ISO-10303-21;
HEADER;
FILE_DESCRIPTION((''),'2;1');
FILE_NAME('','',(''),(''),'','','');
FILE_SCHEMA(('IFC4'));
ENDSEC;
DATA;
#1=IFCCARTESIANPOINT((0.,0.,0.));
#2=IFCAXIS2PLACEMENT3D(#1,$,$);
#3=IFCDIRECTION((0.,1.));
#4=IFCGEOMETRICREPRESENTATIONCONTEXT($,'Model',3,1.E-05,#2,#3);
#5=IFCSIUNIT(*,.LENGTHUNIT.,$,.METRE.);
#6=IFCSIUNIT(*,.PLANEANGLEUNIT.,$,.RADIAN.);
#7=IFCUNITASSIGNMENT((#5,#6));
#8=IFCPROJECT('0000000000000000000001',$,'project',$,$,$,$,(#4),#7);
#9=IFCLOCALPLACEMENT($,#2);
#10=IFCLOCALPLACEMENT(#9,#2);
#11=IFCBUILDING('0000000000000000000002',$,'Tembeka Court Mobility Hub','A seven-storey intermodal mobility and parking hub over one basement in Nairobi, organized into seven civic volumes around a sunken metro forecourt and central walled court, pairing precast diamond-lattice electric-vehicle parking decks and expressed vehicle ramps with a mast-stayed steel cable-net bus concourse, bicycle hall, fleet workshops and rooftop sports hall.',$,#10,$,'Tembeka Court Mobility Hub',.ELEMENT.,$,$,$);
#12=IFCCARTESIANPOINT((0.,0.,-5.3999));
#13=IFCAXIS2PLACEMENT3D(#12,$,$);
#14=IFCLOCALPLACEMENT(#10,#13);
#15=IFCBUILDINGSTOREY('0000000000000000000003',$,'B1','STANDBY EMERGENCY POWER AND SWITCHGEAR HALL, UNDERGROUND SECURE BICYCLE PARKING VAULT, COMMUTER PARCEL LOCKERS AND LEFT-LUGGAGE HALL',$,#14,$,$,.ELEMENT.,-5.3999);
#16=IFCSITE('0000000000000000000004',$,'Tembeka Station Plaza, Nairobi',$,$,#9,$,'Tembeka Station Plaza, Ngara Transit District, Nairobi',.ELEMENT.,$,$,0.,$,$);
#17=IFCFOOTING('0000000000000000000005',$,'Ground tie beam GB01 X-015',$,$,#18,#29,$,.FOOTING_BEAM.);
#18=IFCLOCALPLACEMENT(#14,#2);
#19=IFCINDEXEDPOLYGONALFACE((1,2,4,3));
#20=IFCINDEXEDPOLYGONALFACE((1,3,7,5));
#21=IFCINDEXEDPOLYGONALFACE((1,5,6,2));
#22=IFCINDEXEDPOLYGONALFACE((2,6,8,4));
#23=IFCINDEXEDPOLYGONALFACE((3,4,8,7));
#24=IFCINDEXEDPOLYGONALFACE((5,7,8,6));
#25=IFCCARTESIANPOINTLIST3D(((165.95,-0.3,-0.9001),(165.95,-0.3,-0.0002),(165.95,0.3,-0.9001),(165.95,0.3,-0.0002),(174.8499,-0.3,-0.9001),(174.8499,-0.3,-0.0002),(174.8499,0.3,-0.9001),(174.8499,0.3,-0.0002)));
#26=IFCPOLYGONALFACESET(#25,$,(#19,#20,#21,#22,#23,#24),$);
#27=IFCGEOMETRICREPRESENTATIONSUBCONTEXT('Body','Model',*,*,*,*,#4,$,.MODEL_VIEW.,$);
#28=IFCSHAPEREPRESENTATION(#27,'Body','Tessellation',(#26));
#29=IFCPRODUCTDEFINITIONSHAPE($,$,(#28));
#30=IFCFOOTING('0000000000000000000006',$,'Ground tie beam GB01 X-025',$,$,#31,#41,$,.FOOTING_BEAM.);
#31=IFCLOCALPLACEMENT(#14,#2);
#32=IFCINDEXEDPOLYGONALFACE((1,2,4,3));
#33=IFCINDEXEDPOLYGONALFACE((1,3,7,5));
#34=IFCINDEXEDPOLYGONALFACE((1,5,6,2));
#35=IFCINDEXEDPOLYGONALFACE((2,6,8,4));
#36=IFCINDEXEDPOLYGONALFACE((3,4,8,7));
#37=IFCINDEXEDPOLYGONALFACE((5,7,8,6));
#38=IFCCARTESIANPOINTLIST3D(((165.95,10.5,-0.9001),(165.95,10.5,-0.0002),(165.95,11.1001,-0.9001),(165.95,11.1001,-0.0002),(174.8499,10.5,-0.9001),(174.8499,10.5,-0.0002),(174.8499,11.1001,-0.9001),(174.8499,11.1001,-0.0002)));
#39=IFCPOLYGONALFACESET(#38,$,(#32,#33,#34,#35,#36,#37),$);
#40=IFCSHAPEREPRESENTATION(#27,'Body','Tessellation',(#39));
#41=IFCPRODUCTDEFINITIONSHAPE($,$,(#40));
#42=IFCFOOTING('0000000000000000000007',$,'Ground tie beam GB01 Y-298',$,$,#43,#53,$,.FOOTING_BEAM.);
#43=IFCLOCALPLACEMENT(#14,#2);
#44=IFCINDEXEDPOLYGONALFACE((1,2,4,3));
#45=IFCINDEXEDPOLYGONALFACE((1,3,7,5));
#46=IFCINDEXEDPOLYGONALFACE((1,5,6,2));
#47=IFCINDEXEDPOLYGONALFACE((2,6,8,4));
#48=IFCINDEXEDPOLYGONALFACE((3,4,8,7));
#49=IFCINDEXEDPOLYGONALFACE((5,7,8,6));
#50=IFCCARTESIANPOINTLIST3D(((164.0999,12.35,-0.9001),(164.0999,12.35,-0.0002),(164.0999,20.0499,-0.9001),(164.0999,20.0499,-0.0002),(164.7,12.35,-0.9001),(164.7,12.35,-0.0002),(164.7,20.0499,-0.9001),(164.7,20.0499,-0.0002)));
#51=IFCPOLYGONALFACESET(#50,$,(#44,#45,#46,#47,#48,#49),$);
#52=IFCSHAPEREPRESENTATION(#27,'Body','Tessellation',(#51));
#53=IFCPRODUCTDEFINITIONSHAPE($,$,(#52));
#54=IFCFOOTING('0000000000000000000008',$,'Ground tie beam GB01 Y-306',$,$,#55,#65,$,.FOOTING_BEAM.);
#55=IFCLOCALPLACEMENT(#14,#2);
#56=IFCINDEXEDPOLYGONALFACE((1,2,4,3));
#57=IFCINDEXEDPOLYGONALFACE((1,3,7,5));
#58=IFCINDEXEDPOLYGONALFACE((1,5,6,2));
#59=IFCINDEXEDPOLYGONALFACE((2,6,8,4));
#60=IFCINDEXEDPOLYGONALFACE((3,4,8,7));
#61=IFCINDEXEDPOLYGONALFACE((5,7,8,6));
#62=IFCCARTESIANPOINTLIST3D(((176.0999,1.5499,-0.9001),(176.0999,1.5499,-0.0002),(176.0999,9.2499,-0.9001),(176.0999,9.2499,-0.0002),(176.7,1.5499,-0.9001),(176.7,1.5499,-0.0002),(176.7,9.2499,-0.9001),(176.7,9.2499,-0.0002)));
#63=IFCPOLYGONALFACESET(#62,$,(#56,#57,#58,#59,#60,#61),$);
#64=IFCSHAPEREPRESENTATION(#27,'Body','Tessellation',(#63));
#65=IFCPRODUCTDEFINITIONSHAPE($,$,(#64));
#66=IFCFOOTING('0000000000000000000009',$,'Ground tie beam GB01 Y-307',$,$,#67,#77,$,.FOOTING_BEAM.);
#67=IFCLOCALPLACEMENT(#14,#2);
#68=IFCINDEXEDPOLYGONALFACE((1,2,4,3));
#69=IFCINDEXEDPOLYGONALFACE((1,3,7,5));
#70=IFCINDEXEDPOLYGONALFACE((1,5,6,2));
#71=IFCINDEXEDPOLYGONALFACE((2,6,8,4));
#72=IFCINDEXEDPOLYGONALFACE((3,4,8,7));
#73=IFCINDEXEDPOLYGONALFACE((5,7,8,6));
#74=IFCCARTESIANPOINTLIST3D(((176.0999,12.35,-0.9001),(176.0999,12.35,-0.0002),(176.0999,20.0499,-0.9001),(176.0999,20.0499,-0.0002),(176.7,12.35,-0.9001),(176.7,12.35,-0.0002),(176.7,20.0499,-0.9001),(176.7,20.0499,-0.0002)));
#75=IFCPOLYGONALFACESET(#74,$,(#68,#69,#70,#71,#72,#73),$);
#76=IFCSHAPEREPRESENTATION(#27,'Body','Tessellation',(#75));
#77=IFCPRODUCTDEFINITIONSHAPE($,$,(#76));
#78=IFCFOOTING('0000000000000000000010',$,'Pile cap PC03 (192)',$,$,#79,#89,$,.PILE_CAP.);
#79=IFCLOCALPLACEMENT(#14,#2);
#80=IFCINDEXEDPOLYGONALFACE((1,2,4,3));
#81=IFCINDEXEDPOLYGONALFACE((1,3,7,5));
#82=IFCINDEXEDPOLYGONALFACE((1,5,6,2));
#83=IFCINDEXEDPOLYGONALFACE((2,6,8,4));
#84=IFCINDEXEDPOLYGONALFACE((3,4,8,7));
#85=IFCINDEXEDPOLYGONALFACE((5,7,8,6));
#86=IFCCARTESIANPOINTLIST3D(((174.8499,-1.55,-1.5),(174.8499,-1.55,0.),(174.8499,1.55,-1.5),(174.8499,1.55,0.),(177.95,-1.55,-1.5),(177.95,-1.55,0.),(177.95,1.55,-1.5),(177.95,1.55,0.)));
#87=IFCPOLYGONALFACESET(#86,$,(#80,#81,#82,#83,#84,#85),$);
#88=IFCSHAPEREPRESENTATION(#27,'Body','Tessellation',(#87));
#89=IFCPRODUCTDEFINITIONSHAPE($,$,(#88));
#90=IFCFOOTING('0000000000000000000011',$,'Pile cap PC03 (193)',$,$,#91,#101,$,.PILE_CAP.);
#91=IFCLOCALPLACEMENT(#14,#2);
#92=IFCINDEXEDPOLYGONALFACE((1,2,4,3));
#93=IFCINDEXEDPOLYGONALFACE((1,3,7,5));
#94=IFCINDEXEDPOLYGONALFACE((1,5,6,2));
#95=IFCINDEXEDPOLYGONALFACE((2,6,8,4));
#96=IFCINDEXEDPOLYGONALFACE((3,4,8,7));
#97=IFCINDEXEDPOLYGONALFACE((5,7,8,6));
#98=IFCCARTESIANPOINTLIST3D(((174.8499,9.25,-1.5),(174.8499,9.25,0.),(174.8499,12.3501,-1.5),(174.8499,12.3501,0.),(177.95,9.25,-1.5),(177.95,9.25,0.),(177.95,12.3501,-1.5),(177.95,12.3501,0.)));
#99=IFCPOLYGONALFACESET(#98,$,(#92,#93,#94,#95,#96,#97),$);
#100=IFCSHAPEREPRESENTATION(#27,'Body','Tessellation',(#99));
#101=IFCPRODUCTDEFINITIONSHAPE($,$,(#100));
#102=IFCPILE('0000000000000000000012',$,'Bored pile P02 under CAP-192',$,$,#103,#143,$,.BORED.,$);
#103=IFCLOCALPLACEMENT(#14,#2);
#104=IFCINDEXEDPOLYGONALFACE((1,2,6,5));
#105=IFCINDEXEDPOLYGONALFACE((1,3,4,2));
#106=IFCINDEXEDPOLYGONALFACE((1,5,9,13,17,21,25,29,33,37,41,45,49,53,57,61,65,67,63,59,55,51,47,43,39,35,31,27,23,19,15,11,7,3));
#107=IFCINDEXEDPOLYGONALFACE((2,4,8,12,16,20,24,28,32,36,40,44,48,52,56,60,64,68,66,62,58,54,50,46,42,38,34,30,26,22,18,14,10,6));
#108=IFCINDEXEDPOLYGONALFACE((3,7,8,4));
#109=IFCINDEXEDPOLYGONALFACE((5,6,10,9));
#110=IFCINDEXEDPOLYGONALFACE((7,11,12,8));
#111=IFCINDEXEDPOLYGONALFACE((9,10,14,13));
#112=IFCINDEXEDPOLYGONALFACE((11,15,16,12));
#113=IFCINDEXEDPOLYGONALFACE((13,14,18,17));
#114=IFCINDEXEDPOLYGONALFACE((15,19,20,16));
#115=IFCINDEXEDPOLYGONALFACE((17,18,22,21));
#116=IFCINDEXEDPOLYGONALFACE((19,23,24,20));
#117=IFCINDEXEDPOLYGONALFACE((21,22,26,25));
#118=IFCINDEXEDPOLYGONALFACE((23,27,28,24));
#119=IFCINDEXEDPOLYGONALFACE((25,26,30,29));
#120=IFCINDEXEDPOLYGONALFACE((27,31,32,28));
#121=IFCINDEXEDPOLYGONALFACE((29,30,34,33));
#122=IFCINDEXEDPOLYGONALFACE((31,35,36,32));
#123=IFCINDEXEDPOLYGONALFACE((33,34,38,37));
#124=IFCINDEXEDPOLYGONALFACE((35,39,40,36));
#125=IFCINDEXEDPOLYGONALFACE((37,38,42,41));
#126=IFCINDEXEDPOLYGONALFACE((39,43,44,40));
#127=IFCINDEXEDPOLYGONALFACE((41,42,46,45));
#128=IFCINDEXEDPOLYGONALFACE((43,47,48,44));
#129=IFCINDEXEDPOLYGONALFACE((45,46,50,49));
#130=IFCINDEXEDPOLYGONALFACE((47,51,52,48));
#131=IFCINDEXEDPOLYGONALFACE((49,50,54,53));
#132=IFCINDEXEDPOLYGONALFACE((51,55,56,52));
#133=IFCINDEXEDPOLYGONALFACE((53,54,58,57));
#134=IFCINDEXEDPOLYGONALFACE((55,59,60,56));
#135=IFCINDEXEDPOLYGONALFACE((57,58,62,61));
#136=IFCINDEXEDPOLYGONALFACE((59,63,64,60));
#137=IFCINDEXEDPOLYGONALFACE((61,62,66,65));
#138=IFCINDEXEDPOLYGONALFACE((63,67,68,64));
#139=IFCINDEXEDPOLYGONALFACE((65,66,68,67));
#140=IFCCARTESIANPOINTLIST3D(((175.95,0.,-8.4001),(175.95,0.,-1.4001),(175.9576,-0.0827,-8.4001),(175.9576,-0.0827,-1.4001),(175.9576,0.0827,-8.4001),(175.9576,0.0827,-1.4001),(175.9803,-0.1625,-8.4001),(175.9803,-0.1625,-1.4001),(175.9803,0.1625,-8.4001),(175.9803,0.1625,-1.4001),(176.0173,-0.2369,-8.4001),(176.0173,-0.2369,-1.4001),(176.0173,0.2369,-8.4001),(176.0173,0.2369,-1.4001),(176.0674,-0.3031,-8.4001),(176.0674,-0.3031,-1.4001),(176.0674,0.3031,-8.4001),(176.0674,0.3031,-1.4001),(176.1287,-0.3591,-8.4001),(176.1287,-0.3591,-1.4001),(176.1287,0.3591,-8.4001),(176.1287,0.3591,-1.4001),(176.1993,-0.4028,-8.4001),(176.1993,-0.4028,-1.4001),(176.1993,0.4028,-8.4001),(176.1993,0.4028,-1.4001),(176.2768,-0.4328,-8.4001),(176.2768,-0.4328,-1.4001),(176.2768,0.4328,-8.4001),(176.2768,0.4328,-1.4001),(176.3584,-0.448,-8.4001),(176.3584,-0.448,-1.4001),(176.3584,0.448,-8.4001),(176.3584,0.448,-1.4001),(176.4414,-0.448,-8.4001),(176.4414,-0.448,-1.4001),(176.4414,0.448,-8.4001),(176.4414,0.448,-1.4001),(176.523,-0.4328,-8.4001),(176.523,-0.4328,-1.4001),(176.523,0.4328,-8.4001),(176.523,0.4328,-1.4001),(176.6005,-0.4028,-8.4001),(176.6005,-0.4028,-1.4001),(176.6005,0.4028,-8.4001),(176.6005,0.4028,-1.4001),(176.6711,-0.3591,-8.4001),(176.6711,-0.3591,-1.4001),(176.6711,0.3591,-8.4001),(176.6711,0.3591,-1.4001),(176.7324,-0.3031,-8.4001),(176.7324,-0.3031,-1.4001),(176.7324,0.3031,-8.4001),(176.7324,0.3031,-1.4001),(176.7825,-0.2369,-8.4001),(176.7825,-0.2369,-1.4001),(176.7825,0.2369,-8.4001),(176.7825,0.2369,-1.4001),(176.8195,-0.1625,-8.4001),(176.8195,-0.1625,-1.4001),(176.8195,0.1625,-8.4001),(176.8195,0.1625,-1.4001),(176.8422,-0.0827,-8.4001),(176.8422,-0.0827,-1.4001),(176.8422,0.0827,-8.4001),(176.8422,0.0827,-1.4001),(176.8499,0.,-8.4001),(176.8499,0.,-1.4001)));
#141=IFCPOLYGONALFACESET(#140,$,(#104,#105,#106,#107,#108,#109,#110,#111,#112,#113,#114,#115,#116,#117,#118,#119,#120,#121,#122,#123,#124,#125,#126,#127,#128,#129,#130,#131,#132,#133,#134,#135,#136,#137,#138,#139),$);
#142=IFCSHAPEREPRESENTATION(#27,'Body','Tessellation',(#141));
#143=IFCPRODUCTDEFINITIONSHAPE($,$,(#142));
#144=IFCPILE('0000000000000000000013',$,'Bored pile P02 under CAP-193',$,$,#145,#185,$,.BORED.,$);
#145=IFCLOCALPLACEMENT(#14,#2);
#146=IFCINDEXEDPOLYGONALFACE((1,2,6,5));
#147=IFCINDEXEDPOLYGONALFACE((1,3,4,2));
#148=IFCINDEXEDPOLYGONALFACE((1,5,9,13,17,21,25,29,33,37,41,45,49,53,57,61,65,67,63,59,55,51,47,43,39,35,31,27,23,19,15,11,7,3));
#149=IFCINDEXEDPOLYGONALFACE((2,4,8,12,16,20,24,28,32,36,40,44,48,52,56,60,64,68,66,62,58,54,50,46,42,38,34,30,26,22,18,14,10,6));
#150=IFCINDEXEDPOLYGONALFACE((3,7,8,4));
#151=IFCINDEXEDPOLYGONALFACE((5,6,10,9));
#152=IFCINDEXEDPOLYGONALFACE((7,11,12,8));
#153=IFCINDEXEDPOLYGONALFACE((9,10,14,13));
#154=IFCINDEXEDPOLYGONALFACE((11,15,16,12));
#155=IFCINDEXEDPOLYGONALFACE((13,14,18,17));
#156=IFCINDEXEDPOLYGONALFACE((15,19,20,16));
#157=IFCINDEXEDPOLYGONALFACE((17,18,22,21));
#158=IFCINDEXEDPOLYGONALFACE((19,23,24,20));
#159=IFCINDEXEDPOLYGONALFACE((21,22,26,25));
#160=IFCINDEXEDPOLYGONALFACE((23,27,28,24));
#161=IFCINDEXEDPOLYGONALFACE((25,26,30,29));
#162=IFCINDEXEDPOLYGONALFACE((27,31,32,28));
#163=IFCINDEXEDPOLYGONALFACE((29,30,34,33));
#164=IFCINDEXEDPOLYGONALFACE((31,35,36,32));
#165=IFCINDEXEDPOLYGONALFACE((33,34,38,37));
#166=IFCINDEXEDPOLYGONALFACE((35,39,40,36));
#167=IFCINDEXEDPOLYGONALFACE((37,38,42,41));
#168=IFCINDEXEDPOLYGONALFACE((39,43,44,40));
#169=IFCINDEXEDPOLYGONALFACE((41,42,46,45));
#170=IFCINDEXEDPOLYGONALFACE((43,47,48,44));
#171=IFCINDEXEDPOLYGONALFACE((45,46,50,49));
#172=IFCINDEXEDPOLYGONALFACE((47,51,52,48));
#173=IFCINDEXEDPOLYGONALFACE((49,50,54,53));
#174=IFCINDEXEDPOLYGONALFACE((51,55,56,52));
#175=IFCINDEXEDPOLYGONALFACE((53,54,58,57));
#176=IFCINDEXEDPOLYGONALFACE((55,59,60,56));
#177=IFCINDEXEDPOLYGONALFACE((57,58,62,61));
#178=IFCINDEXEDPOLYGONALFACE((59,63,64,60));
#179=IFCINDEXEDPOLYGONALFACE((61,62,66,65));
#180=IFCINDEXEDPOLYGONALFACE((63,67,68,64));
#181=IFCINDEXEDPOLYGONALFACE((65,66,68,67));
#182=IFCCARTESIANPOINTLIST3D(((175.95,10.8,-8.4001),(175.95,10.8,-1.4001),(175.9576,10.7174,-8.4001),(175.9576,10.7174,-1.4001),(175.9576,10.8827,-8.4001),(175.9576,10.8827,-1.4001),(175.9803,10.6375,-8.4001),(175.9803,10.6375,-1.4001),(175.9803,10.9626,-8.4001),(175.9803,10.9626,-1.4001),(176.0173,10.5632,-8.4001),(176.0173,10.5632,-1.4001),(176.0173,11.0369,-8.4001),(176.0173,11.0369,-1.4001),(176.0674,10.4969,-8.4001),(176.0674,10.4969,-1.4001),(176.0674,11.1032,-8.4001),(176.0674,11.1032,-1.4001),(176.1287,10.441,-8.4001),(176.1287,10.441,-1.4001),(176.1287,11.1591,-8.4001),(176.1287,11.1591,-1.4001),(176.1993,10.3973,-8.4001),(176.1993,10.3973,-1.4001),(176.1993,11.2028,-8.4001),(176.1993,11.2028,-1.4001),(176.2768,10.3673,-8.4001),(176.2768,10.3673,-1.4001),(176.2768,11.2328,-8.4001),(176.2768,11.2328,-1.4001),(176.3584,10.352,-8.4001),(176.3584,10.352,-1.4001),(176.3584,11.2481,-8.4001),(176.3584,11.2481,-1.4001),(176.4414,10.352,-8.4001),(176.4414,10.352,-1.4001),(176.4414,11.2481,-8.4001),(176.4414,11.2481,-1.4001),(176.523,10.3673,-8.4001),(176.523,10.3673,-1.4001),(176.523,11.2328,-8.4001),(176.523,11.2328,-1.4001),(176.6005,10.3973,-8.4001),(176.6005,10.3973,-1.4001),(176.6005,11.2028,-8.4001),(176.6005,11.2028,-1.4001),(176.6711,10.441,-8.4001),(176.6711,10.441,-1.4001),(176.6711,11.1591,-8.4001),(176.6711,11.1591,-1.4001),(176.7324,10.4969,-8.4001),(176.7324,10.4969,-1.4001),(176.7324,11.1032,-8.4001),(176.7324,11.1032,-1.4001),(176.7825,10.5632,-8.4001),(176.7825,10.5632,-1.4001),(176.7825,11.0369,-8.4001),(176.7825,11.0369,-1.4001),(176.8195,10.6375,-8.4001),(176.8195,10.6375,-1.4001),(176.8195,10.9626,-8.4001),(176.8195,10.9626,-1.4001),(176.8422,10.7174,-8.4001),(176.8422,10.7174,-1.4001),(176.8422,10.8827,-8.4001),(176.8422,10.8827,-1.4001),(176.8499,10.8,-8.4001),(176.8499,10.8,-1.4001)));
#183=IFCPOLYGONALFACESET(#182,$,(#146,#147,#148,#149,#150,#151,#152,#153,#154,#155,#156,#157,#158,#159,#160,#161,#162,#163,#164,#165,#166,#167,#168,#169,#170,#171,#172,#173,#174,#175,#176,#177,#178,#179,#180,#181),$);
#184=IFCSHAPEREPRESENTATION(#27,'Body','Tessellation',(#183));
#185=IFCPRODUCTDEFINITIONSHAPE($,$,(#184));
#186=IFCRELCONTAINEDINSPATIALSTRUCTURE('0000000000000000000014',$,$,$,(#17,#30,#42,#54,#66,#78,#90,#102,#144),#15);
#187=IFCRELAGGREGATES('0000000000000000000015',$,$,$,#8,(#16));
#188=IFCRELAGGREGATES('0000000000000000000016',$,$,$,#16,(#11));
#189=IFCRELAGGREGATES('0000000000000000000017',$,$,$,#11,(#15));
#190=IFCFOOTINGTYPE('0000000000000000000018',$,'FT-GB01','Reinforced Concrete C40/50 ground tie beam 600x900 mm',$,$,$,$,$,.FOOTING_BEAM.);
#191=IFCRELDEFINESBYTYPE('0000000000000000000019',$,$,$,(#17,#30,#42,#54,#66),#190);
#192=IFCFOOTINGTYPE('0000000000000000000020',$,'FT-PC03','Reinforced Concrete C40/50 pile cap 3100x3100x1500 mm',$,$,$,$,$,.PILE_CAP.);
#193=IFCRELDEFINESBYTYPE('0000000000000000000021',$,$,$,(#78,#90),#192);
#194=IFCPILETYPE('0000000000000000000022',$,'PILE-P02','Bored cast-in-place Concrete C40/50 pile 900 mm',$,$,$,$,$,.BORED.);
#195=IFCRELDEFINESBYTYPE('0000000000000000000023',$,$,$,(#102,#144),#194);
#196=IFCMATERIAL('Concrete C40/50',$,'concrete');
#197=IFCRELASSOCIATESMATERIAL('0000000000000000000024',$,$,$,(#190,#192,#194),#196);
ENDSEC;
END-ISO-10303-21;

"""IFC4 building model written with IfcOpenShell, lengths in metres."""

from ifc_helpers import new_model, si_unit, direction, frame, origin, origin_2d, place, context, subcontext, project, spatial, rectangle, circle, extrude, material, material_profile, profile_set, type_object, element, save


model = new_model("IFC4")

# Units and contexts
model_context = context("Model", 3, precision=1e-05, world=origin(), true_north=direction((0.0, 1.0)))
body_context = subcontext(model_context, "Body", "Model", "MODEL_VIEW")
ifc_project = project(units=[si_unit("LENGTHUNIT", "METRE"), si_unit("PLANEANGLEUNIT", "RADIAN")], contexts=[model_context])

# Site, building, storey
site_placement = place(None, origin())
site = spatial("IfcSite", under=ifc_project, at=site_placement, Name="Tembeka Station Plaza, Nairobi", LongName="Tembeka Station Plaza, Ngara Transit District, Nairobi", CompositionType="ELEMENT", RefElevation=0.0)
building_placement = place(site_placement, origin())
building = spatial("IfcBuilding", under=site, at=building_placement, Name="Tembeka Court Mobility Hub", Description="A seven-storey intermodal mobility and parking hub over one basement in Nairobi, organized into seven civic volumes around a sunken metro forecourt and central walled court, pairing precast diamond-lattice electric-vehicle parking decks and expressed vehicle ramps with a mast-stayed steel cable-net bus concourse, bicycle hall, fleet workshops and rooftop sports hall.", LongName="Tembeka Court Mobility Hub", CompositionType="ELEMENT")
storey_placement = place(building_placement, frame((0.0, 0.0, -5.3999)))
storey = spatial("IfcBuildingStorey", under=building, at=storey_placement, Name="B1", Description="STANDBY EMERGENCY POWER AND SWITCHGEAR HALL, UNDERGROUND SECURE BICYCLE PARKING VAULT, COMMUTER PARCEL LOCKERS AND LEFT-LUGGAGE HALL", CompositionType="ELEMENT", Elevation=-5.3999)

# Footings
ifc_material_1 = material(Name="Concrete C40/50", Category="concrete")
footing_type_1 = type_object("IfcFootingType", Name="FT-GB01", Description="Reinforced Concrete C40/50 ground tie beam 600x900 mm", PredefinedType="FOOTING_BEAM", material=ifc_material_1)
for number, where, z_axis, x_axis, name in (
    (1, (170.3999, 0.0, -0.9001), (0.0, 0.0, 1.0), (1.0, 0.0, 0.0), "Ground tie beam GB01 X-015"),
    (2, (170.3999, 10.8, -0.9001), (0.0, 0.0, 1.0), (1.0, 0.0, 0.0), "Ground tie beam GB01 X-025"),
):
    element("IfcFooting", number, at=place(storey_placement, frame(where, z_axis=z_axis, x_axis=x_axis)), inside=storey, type_object=footing_type_1, Name=name, PredefinedType="FOOTING_BEAM", context=body_context, shape_type="SweptSolid", body=[
        extrude(rectangle(XDim=8.8999, YDim=0.6001, at=origin_2d()), origin(), (0.0, 0.0, 1.0), 0.8999),
    ])
for number, where, z_axis, x_axis, name in (
    (3, (164.3999, 16.2, -0.9001), (0.0, 0.0, 1.0), (0.0, 1.0, 0.0), "Ground tie beam GB01 Y-298"),
    (4, (176.3999, 5.3999, -0.9001), (0.0, 0.0, 1.0), (0.0, 1.0, 0.0), "Ground tie beam GB01 Y-306"),
    (5, (176.3999, 16.2, -0.9001), (0.0, 0.0, 1.0), (0.0, 1.0, 0.0), "Ground tie beam GB01 Y-307"),
):
    element("IfcFooting", number, at=place(storey_placement, frame(where, z_axis=z_axis, x_axis=x_axis)), inside=storey, type_object=footing_type_1, Name=name, PredefinedType="FOOTING_BEAM", context=body_context, shape_type="SweptSolid", body=[
        extrude(rectangle(XDim=7.7, YDim=0.6001, at=origin_2d()), origin(), (0.0, 0.0, 1.0), 0.8999),
    ])
footing_type_2 = type_object("IfcFootingType", Name="FT-PC03", Description="Reinforced Concrete C40/50 pile cap 3100x3100x1500 mm", PredefinedType="PILE_CAP", material=ifc_material_1)
for number, where, z_axis, x_axis, name in (
    (6, (176.3999, 0.0, -1.5), (0.0, 0.0, 1.0), (1.0, 0.0, 0.0), "Pile cap PC03 (192)"),
    (7, (176.3999, 10.8, -1.5), (0.0, 0.0, 1.0), (1.0, 0.0, 0.0), "Pile cap PC03 (193)"),
):
    element("IfcFooting", number, at=place(storey_placement, frame(where, z_axis=z_axis, x_axis=x_axis)), inside=storey, type_object=footing_type_2, Name=name, PredefinedType="PILE_CAP", context=body_context, shape_type="SweptSolid", body=[
        extrude(rectangle(XDim=3.1001, YDim=3.1001, at=origin_2d()), origin(), (0.0, 0.0, 1.0), 1.5),
    ])

# Piles
ifc_material_profile_1 = material_profile(ifc_material_1, circle(Radius=0.45, at=origin_2d()), Name="PILE D900")
ifc_profile_set_1 = profile_set([ifc_material_profile_1], Name="Concrete C40/50")
pile_type_1 = type_object("IfcPileType", Name="PILE-P02", Description="Bored cast-in-place Concrete C40/50 pile 900 mm", PredefinedType="BORED", material=ifc_profile_set_1)
for number, where, z_axis, x_axis, name in (
    (8, (176.3999, 0.0, -1.4001), (0.0, 0.0, -1.0), (1.0, 0.0, 0.0), "Bored pile P02 under CAP-192"),
    (9, (176.3999, 10.8, -1.4001), (0.0, 0.0, -1.0), (1.0, 0.0, 0.0), "Bored pile P02 under CAP-193"),
):
    element("IfcPile", number, at=place(storey_placement, frame(where, z_axis=z_axis, x_axis=x_axis)), inside=storey, type_object=pile_type_1, Name=name, PredefinedType="BORED", context=body_context, shape_type="SweptSolid", body=[
        extrude(circle(Radius=0.45, at=origin_2d()), origin(), (0.0, 0.0, 1.0), 7.0),
    ])

save(model, "model.ifc")
